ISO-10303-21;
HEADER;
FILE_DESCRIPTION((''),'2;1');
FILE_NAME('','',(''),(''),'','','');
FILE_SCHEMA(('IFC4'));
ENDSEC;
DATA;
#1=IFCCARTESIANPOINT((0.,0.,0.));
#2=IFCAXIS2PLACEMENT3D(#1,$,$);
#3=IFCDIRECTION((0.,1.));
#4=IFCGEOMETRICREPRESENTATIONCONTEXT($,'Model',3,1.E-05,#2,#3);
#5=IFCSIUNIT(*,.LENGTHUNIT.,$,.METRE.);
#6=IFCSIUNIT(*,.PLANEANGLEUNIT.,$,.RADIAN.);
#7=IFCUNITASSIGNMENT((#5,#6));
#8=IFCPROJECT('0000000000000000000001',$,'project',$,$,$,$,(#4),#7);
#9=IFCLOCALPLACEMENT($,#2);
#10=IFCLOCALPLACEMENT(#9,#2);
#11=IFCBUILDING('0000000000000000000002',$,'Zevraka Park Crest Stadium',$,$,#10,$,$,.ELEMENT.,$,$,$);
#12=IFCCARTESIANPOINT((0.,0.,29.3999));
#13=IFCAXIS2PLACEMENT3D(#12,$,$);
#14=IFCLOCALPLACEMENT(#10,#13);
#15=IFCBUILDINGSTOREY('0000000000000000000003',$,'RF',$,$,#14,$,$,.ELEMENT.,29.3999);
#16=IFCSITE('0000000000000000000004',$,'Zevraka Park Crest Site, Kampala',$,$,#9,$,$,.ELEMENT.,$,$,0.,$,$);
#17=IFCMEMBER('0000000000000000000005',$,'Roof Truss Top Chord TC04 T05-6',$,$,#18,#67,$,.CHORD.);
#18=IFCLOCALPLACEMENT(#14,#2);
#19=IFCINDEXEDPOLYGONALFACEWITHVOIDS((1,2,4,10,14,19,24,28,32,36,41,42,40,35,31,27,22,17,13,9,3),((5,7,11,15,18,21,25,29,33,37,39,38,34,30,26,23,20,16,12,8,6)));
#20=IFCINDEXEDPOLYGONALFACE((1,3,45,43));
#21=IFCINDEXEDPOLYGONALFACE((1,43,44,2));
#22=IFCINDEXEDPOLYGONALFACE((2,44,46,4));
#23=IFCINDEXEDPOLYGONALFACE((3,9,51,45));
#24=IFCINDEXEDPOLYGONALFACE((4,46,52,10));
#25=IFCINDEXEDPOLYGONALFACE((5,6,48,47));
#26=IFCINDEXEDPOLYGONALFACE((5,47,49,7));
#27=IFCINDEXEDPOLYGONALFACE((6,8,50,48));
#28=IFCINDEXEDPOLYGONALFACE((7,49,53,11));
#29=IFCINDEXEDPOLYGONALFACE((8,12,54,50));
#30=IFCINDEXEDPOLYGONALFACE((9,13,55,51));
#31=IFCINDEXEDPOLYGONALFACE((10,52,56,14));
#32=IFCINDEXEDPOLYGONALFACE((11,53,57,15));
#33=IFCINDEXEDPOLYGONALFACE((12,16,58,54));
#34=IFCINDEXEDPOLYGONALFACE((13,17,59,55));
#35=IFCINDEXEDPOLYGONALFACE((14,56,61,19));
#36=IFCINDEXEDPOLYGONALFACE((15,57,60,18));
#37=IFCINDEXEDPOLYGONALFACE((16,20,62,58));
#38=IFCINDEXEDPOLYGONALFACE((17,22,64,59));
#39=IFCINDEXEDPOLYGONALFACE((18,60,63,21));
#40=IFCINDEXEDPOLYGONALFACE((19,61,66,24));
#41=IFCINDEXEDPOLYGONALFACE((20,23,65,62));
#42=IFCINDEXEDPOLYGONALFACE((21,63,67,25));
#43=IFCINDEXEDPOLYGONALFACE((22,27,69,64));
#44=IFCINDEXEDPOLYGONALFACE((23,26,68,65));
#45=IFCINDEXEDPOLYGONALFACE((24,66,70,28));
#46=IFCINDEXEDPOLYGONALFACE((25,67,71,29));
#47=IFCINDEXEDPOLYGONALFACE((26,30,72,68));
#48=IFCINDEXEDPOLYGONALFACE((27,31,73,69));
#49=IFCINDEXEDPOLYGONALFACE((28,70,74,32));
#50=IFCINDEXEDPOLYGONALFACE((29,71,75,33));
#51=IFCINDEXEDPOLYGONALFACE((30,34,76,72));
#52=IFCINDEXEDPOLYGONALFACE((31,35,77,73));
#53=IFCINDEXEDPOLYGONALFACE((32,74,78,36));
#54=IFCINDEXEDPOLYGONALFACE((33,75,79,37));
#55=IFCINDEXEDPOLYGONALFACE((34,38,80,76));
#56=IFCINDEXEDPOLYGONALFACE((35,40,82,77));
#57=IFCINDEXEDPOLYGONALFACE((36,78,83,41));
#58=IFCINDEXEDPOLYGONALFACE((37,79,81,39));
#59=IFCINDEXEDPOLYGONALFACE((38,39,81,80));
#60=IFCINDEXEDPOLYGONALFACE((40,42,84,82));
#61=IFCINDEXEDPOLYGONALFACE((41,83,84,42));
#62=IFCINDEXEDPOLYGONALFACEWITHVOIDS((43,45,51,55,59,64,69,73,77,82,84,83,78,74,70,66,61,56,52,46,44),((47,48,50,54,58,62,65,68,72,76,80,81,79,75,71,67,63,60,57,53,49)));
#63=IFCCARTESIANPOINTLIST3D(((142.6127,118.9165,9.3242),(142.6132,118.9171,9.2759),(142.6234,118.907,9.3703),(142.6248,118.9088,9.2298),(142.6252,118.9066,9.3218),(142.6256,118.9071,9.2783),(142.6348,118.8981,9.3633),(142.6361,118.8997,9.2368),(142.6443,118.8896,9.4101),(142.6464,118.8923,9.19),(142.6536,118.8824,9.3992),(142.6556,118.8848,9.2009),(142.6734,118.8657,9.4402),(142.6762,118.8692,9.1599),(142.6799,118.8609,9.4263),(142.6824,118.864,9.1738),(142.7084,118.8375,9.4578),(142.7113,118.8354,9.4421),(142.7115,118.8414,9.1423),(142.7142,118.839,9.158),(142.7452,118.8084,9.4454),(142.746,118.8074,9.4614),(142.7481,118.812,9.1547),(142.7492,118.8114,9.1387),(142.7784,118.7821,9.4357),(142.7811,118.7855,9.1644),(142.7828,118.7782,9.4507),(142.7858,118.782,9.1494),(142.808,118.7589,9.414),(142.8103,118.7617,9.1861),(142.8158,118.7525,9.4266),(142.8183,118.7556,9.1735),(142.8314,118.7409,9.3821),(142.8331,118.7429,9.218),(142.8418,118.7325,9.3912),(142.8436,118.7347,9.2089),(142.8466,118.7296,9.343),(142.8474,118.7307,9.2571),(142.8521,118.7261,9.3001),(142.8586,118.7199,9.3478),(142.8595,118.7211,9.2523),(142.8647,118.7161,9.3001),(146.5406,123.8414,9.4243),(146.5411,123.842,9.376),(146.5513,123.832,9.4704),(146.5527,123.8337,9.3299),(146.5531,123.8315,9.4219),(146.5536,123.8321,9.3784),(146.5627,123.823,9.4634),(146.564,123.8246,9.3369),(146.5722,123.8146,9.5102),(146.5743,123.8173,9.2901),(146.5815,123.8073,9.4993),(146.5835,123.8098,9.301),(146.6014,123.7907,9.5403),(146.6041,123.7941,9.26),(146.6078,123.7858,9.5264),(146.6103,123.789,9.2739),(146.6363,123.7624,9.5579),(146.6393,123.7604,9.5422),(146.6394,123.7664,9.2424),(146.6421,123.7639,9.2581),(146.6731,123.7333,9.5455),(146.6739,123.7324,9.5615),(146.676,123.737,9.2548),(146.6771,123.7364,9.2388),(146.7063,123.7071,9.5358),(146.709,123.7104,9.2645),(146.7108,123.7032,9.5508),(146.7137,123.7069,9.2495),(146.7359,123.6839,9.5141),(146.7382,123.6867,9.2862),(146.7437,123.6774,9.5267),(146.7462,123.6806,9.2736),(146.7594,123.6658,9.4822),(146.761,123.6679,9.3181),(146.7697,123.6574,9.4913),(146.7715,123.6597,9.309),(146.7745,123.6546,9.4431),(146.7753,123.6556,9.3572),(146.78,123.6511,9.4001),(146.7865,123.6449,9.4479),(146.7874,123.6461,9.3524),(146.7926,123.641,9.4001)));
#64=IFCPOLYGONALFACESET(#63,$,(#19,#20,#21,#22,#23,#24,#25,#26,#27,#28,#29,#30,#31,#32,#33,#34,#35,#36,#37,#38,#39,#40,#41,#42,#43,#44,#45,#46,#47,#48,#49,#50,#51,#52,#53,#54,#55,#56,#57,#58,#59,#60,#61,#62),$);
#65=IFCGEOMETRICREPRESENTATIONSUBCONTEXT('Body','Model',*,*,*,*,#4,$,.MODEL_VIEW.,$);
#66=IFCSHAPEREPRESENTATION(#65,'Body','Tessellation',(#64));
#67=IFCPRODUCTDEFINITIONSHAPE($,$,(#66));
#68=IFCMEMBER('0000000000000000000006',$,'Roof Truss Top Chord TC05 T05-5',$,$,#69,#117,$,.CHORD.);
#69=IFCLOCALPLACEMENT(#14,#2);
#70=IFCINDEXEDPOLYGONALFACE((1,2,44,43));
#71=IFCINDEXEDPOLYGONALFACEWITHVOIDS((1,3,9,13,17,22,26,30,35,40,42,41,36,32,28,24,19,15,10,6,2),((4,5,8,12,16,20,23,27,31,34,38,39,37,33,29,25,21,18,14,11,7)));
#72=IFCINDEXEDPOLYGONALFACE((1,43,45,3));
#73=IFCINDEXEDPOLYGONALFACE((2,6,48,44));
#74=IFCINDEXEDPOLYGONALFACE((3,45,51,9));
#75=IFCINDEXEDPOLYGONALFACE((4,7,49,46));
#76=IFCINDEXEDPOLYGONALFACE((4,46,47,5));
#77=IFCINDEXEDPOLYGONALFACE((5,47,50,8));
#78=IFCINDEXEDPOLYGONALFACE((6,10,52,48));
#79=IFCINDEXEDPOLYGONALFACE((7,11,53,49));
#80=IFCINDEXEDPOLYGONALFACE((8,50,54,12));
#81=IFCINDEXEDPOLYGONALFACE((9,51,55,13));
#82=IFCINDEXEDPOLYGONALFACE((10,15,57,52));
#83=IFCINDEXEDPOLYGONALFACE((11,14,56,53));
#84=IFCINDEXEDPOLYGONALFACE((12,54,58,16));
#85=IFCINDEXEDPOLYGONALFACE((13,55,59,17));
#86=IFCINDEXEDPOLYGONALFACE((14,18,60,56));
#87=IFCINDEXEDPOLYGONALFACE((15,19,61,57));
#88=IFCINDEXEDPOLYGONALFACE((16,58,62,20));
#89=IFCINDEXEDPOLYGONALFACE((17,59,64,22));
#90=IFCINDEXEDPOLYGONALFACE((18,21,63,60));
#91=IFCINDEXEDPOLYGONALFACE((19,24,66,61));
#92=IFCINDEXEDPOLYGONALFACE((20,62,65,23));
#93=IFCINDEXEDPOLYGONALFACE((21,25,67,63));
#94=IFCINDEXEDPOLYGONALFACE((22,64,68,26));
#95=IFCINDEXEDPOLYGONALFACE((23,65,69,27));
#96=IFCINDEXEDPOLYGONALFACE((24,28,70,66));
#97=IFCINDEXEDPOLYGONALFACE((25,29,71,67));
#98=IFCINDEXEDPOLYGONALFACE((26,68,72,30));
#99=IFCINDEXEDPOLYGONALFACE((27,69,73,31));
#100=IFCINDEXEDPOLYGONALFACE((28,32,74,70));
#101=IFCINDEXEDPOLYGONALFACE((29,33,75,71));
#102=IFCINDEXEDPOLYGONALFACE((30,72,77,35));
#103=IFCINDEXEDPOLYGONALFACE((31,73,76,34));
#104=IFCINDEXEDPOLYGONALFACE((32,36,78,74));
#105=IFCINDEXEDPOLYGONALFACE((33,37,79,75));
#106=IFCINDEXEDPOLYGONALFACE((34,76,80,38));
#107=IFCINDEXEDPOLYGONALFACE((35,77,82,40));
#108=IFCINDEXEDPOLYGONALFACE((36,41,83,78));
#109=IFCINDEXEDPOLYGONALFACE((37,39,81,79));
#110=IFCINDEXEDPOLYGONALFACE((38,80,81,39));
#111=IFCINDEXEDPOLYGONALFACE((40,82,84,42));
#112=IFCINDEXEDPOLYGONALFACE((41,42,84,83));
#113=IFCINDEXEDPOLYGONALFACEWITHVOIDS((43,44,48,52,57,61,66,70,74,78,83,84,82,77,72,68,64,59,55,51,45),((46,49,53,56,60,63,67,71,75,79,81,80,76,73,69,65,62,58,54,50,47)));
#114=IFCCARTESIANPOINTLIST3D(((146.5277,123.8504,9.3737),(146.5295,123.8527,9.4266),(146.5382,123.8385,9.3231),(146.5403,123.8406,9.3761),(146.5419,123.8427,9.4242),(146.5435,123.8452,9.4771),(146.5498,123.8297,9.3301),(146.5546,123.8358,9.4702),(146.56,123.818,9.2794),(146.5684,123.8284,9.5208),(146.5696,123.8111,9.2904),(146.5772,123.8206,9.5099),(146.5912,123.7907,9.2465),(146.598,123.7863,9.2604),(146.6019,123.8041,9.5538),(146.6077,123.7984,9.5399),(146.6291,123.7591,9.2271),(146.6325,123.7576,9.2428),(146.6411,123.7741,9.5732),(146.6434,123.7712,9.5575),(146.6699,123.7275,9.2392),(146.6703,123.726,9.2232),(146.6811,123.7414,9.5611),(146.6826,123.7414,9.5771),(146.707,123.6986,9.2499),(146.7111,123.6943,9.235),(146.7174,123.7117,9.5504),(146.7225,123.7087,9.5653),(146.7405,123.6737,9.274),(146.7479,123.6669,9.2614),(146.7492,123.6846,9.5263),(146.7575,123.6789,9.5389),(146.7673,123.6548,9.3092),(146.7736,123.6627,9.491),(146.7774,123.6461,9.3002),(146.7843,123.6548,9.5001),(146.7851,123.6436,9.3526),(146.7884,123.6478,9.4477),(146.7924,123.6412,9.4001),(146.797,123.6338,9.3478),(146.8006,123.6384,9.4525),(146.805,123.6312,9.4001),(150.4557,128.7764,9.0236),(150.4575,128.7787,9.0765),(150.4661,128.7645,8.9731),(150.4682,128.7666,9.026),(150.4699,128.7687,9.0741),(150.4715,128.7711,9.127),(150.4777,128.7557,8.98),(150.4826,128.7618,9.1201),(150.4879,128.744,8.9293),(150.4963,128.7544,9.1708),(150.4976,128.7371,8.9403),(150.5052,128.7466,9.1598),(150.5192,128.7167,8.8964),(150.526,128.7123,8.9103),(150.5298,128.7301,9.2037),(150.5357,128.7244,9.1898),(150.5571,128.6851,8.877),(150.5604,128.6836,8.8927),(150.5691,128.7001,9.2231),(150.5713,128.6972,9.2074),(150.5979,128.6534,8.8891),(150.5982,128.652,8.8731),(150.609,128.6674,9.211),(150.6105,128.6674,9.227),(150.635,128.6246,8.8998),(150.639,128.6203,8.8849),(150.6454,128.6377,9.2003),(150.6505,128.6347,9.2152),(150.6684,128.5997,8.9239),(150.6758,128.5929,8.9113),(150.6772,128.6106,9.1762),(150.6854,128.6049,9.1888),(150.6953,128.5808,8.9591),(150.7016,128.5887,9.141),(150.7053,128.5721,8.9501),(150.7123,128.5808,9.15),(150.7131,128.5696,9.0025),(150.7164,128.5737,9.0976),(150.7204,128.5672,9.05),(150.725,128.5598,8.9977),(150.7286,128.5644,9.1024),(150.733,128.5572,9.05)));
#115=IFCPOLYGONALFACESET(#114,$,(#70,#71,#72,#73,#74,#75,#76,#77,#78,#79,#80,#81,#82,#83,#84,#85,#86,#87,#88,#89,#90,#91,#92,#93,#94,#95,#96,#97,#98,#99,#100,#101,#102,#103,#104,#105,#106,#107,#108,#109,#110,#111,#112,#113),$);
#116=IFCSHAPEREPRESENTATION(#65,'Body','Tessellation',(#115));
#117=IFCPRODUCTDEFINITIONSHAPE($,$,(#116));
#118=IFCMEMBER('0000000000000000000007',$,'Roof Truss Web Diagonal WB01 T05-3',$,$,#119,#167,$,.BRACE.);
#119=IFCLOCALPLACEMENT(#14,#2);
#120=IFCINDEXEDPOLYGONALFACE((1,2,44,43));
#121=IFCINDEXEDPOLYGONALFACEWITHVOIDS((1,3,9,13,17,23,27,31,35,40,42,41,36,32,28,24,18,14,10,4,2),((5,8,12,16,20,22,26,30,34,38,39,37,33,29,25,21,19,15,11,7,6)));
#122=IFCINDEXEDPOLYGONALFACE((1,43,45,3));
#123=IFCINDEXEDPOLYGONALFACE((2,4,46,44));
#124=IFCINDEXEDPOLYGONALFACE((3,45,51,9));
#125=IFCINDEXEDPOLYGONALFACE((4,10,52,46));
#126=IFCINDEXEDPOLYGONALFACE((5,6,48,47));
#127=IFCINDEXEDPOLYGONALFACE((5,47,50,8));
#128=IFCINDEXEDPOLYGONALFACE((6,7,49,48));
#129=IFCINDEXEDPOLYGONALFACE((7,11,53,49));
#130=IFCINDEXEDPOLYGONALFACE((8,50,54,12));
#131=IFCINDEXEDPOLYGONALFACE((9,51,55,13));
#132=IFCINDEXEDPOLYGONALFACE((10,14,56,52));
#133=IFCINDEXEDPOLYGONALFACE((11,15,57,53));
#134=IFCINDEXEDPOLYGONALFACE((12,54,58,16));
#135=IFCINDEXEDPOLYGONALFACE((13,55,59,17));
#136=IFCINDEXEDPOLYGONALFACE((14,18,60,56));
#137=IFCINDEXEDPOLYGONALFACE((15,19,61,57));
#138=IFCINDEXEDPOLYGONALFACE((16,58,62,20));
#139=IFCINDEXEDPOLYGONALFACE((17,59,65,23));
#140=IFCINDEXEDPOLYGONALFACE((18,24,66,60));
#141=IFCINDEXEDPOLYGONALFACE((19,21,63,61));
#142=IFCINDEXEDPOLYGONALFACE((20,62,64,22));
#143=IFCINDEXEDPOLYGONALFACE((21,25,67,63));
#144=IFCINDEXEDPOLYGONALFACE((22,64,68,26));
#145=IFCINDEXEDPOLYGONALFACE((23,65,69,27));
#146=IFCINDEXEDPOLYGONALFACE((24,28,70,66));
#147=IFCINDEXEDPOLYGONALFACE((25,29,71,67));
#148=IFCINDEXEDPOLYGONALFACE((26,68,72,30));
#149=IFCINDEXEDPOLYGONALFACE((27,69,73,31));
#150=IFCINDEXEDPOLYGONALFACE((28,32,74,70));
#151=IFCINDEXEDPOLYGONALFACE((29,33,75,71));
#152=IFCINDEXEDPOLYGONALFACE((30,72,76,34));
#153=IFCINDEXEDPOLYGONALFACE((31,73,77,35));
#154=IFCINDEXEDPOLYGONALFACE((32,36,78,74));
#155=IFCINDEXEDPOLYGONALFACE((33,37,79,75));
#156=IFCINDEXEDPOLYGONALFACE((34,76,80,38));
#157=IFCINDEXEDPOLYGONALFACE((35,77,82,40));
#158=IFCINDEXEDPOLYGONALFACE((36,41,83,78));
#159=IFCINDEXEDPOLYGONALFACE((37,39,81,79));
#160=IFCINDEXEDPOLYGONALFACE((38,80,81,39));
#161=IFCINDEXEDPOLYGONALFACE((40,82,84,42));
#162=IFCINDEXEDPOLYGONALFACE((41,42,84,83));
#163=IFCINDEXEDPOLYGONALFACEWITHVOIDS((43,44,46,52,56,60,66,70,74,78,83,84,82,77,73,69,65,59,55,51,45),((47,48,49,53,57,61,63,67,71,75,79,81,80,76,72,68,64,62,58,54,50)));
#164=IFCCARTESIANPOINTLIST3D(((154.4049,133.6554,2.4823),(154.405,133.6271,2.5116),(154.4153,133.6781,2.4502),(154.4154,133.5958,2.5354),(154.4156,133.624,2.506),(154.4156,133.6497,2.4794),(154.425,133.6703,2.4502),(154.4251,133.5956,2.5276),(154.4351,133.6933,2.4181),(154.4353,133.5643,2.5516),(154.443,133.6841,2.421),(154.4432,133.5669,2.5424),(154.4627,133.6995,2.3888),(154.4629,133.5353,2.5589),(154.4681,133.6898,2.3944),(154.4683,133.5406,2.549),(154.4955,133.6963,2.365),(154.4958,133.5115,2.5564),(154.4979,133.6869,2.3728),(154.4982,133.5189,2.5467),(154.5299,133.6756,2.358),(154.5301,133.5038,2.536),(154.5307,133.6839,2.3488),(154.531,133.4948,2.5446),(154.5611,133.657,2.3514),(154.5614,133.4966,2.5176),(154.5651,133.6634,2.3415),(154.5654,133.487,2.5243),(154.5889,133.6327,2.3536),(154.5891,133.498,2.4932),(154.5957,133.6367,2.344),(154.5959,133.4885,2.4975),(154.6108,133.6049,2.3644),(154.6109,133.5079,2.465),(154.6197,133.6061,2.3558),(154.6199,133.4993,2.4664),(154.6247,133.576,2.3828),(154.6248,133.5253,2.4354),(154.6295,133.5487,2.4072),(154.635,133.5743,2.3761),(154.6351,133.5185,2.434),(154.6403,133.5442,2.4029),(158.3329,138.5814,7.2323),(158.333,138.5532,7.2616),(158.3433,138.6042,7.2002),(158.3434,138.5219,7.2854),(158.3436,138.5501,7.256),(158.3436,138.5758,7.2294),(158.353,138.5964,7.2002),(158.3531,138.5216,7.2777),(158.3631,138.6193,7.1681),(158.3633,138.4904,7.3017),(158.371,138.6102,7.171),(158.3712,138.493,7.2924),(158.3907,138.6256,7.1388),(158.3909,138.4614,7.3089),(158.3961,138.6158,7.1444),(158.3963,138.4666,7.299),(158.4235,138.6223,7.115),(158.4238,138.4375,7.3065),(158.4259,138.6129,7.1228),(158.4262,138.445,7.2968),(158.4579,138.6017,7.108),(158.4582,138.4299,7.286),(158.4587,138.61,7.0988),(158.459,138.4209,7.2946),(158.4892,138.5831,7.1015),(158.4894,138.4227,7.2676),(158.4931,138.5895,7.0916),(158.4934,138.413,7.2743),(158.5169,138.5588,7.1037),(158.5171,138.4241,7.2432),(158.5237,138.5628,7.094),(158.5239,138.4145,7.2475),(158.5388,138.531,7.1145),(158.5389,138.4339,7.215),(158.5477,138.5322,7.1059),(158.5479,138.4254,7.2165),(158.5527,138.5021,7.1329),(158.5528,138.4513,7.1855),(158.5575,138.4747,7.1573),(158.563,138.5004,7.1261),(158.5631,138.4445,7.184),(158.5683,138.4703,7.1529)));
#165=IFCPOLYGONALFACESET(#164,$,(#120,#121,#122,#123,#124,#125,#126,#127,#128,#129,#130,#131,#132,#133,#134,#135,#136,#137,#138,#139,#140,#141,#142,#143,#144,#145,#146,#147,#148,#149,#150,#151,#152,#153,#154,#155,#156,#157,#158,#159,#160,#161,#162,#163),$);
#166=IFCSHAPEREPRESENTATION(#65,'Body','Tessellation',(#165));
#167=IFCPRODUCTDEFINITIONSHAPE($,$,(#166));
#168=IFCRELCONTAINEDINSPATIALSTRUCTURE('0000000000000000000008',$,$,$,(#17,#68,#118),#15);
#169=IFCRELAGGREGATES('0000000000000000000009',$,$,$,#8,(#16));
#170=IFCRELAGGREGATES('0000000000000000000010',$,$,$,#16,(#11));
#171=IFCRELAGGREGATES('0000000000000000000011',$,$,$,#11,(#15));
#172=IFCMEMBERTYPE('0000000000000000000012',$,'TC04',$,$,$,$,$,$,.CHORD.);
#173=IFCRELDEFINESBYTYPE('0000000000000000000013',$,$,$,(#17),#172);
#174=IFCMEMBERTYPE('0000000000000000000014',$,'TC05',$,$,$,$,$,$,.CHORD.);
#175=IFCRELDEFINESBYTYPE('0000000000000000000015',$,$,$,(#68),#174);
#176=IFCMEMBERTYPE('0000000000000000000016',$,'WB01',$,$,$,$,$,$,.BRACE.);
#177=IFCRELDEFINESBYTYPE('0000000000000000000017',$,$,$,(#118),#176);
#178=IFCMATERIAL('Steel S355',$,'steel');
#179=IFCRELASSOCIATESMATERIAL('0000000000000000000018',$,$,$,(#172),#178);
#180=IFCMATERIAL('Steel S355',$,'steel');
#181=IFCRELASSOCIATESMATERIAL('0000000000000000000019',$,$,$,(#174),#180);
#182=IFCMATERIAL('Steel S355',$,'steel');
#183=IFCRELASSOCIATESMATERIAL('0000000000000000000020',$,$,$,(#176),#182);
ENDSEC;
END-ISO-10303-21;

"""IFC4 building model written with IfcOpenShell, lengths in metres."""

from ifc_helpers import new_model, si_unit, direction, frame, origin, origin_2d, place, context, subcontext, project, spatial, hollow_circle, extrude, material, material_profile, profile_set, type_object, element, save


model = new_model("IFC4")

# Units and contexts
model_context = context("Model", 3, precision=1e-05, world=origin(), true_north=direction((0.0, 1.0)))
body_context = subcontext(model_context, "Body", "Model", "MODEL_VIEW")
ifc_project = project(units=[si_unit("LENGTHUNIT", "METRE"), si_unit("PLANEANGLEUNIT", "RADIAN")], contexts=[model_context])

# Site, building, storey
site_placement = place(None, origin())
site = spatial("IfcSite", under=ifc_project, at=site_placement, Name="Zevraka Park Crest Site, Kampala", CompositionType="ELEMENT", RefElevation=0.0)
building_placement = place(site_placement, origin())
building = spatial("IfcBuilding", under=site, at=building_placement, Name="Zevraka Park Crest Stadium", CompositionType="ELEMENT")
storey_placement = place(building_placement, frame((0.0, 0.0, 29.3999)))
storey = spatial("IfcBuildingStorey", under=building, at=storey_placement, Name="RF", CompositionType="ELEMENT", Elevation=29.3999)

# Members
ifc_material_1 = material(Name="Steel S355", Category="steel")
ifc_material_profile_1 = material_profile(ifc_material_1, hollow_circle(Radius=0.1619, WallThickness=0.0161, at=origin_2d()), Name="CHS 323.9x16")
ifc_profile_set_1 = profile_set([ifc_material_profile_1], Name="Steel S355")
member_type_1 = type_object("IfcMemberType", Name="TC04", PredefinedType="CHORD", material=ifc_profile_set_1)
member_1_placement = place(storey_placement, frame((146.666, 123.7419, 9.4001), z_axis=(-0.623448, -0.781703, -0.015887), x_axis=(0.781802, -0.623527, 0.0)))
element("IfcMember", 1, at=member_1_placement, inside=storey, type_object=member_type_1, Name="Roof Truss Top Chord TC04 T05-6", PredefinedType="CHORD", context=body_context, shape_type="SweptSolid", body=[
    extrude(hollow_circle(Radius=0.1619, WallThickness=0.0161, at=origin_2d()), origin(), (0.0, 0.0, 1.0), 6.3003),
])
ifc_material_2 = material(Name="Steel S355", Category="steel")
ifc_material_profile_2 = material_profile(ifc_material_2, hollow_circle(Radius=0.1777, WallThickness=0.0161, at=origin_2d()), Name="CHS 355.6x16")
ifc_profile_set_2 = profile_set([ifc_material_profile_2], Name="Steel S355")
member_type_2 = type_object("IfcMemberType", Name="TC05", PredefinedType="CHORD", material=ifc_profile_set_2)
member_2_placement = place(storey_placement, frame((150.594, 128.668, 9.05), z_axis=(-0.622491, -0.780658, 0.055482), x_axis=(0.781862, -0.623451, 0.0)))
element("IfcMember", 2, at=member_2_placement, inside=storey, type_object=member_type_2, Name="Roof Truss Top Chord TC05 T05-5", PredefinedType="CHORD", context=body_context, shape_type="SweptSolid", body=[
    extrude(hollow_circle(Radius=0.1777, WallThickness=0.0161, at=origin_2d()), origin(), (0.0, 0.0, 1.0), 6.3101),
])
ifc_material_3 = material(Name="Steel S355", Category="steel")
ifc_material_profile_3 = material_profile(ifc_material_3, hollow_circle(Radius=0.1365, WallThickness=0.0125, at=origin_2d()), Name="CHS 273.0x12.5")
ifc_profile_set_3 = profile_set([ifc_material_profile_3], Name="Steel S355")
member_type_3 = type_object("IfcMemberType", Name="WB01", PredefinedType="BRACE", material=ifc_profile_set_3)
member_3_placement = place(storey_placement, frame((154.522, 133.593, 2.4502), z_axis=(0.497822, 0.624312, 0.602003), x_axis=(-0.781862, 0.623451, 0.0)))
element("IfcMember", 3, at=member_3_placement, inside=storey, type_object=member_type_3, Name="Roof Truss Web Diagonal WB01 T05-3", PredefinedType="BRACE", context=body_context, shape_type="SweptSolid", body=[
    extrude(hollow_circle(Radius=0.1365, WallThickness=0.0125, at=origin_2d()), origin(), (0.0, 0.0, 1.0), 7.8904),
])

save(model, "model.ifc")
